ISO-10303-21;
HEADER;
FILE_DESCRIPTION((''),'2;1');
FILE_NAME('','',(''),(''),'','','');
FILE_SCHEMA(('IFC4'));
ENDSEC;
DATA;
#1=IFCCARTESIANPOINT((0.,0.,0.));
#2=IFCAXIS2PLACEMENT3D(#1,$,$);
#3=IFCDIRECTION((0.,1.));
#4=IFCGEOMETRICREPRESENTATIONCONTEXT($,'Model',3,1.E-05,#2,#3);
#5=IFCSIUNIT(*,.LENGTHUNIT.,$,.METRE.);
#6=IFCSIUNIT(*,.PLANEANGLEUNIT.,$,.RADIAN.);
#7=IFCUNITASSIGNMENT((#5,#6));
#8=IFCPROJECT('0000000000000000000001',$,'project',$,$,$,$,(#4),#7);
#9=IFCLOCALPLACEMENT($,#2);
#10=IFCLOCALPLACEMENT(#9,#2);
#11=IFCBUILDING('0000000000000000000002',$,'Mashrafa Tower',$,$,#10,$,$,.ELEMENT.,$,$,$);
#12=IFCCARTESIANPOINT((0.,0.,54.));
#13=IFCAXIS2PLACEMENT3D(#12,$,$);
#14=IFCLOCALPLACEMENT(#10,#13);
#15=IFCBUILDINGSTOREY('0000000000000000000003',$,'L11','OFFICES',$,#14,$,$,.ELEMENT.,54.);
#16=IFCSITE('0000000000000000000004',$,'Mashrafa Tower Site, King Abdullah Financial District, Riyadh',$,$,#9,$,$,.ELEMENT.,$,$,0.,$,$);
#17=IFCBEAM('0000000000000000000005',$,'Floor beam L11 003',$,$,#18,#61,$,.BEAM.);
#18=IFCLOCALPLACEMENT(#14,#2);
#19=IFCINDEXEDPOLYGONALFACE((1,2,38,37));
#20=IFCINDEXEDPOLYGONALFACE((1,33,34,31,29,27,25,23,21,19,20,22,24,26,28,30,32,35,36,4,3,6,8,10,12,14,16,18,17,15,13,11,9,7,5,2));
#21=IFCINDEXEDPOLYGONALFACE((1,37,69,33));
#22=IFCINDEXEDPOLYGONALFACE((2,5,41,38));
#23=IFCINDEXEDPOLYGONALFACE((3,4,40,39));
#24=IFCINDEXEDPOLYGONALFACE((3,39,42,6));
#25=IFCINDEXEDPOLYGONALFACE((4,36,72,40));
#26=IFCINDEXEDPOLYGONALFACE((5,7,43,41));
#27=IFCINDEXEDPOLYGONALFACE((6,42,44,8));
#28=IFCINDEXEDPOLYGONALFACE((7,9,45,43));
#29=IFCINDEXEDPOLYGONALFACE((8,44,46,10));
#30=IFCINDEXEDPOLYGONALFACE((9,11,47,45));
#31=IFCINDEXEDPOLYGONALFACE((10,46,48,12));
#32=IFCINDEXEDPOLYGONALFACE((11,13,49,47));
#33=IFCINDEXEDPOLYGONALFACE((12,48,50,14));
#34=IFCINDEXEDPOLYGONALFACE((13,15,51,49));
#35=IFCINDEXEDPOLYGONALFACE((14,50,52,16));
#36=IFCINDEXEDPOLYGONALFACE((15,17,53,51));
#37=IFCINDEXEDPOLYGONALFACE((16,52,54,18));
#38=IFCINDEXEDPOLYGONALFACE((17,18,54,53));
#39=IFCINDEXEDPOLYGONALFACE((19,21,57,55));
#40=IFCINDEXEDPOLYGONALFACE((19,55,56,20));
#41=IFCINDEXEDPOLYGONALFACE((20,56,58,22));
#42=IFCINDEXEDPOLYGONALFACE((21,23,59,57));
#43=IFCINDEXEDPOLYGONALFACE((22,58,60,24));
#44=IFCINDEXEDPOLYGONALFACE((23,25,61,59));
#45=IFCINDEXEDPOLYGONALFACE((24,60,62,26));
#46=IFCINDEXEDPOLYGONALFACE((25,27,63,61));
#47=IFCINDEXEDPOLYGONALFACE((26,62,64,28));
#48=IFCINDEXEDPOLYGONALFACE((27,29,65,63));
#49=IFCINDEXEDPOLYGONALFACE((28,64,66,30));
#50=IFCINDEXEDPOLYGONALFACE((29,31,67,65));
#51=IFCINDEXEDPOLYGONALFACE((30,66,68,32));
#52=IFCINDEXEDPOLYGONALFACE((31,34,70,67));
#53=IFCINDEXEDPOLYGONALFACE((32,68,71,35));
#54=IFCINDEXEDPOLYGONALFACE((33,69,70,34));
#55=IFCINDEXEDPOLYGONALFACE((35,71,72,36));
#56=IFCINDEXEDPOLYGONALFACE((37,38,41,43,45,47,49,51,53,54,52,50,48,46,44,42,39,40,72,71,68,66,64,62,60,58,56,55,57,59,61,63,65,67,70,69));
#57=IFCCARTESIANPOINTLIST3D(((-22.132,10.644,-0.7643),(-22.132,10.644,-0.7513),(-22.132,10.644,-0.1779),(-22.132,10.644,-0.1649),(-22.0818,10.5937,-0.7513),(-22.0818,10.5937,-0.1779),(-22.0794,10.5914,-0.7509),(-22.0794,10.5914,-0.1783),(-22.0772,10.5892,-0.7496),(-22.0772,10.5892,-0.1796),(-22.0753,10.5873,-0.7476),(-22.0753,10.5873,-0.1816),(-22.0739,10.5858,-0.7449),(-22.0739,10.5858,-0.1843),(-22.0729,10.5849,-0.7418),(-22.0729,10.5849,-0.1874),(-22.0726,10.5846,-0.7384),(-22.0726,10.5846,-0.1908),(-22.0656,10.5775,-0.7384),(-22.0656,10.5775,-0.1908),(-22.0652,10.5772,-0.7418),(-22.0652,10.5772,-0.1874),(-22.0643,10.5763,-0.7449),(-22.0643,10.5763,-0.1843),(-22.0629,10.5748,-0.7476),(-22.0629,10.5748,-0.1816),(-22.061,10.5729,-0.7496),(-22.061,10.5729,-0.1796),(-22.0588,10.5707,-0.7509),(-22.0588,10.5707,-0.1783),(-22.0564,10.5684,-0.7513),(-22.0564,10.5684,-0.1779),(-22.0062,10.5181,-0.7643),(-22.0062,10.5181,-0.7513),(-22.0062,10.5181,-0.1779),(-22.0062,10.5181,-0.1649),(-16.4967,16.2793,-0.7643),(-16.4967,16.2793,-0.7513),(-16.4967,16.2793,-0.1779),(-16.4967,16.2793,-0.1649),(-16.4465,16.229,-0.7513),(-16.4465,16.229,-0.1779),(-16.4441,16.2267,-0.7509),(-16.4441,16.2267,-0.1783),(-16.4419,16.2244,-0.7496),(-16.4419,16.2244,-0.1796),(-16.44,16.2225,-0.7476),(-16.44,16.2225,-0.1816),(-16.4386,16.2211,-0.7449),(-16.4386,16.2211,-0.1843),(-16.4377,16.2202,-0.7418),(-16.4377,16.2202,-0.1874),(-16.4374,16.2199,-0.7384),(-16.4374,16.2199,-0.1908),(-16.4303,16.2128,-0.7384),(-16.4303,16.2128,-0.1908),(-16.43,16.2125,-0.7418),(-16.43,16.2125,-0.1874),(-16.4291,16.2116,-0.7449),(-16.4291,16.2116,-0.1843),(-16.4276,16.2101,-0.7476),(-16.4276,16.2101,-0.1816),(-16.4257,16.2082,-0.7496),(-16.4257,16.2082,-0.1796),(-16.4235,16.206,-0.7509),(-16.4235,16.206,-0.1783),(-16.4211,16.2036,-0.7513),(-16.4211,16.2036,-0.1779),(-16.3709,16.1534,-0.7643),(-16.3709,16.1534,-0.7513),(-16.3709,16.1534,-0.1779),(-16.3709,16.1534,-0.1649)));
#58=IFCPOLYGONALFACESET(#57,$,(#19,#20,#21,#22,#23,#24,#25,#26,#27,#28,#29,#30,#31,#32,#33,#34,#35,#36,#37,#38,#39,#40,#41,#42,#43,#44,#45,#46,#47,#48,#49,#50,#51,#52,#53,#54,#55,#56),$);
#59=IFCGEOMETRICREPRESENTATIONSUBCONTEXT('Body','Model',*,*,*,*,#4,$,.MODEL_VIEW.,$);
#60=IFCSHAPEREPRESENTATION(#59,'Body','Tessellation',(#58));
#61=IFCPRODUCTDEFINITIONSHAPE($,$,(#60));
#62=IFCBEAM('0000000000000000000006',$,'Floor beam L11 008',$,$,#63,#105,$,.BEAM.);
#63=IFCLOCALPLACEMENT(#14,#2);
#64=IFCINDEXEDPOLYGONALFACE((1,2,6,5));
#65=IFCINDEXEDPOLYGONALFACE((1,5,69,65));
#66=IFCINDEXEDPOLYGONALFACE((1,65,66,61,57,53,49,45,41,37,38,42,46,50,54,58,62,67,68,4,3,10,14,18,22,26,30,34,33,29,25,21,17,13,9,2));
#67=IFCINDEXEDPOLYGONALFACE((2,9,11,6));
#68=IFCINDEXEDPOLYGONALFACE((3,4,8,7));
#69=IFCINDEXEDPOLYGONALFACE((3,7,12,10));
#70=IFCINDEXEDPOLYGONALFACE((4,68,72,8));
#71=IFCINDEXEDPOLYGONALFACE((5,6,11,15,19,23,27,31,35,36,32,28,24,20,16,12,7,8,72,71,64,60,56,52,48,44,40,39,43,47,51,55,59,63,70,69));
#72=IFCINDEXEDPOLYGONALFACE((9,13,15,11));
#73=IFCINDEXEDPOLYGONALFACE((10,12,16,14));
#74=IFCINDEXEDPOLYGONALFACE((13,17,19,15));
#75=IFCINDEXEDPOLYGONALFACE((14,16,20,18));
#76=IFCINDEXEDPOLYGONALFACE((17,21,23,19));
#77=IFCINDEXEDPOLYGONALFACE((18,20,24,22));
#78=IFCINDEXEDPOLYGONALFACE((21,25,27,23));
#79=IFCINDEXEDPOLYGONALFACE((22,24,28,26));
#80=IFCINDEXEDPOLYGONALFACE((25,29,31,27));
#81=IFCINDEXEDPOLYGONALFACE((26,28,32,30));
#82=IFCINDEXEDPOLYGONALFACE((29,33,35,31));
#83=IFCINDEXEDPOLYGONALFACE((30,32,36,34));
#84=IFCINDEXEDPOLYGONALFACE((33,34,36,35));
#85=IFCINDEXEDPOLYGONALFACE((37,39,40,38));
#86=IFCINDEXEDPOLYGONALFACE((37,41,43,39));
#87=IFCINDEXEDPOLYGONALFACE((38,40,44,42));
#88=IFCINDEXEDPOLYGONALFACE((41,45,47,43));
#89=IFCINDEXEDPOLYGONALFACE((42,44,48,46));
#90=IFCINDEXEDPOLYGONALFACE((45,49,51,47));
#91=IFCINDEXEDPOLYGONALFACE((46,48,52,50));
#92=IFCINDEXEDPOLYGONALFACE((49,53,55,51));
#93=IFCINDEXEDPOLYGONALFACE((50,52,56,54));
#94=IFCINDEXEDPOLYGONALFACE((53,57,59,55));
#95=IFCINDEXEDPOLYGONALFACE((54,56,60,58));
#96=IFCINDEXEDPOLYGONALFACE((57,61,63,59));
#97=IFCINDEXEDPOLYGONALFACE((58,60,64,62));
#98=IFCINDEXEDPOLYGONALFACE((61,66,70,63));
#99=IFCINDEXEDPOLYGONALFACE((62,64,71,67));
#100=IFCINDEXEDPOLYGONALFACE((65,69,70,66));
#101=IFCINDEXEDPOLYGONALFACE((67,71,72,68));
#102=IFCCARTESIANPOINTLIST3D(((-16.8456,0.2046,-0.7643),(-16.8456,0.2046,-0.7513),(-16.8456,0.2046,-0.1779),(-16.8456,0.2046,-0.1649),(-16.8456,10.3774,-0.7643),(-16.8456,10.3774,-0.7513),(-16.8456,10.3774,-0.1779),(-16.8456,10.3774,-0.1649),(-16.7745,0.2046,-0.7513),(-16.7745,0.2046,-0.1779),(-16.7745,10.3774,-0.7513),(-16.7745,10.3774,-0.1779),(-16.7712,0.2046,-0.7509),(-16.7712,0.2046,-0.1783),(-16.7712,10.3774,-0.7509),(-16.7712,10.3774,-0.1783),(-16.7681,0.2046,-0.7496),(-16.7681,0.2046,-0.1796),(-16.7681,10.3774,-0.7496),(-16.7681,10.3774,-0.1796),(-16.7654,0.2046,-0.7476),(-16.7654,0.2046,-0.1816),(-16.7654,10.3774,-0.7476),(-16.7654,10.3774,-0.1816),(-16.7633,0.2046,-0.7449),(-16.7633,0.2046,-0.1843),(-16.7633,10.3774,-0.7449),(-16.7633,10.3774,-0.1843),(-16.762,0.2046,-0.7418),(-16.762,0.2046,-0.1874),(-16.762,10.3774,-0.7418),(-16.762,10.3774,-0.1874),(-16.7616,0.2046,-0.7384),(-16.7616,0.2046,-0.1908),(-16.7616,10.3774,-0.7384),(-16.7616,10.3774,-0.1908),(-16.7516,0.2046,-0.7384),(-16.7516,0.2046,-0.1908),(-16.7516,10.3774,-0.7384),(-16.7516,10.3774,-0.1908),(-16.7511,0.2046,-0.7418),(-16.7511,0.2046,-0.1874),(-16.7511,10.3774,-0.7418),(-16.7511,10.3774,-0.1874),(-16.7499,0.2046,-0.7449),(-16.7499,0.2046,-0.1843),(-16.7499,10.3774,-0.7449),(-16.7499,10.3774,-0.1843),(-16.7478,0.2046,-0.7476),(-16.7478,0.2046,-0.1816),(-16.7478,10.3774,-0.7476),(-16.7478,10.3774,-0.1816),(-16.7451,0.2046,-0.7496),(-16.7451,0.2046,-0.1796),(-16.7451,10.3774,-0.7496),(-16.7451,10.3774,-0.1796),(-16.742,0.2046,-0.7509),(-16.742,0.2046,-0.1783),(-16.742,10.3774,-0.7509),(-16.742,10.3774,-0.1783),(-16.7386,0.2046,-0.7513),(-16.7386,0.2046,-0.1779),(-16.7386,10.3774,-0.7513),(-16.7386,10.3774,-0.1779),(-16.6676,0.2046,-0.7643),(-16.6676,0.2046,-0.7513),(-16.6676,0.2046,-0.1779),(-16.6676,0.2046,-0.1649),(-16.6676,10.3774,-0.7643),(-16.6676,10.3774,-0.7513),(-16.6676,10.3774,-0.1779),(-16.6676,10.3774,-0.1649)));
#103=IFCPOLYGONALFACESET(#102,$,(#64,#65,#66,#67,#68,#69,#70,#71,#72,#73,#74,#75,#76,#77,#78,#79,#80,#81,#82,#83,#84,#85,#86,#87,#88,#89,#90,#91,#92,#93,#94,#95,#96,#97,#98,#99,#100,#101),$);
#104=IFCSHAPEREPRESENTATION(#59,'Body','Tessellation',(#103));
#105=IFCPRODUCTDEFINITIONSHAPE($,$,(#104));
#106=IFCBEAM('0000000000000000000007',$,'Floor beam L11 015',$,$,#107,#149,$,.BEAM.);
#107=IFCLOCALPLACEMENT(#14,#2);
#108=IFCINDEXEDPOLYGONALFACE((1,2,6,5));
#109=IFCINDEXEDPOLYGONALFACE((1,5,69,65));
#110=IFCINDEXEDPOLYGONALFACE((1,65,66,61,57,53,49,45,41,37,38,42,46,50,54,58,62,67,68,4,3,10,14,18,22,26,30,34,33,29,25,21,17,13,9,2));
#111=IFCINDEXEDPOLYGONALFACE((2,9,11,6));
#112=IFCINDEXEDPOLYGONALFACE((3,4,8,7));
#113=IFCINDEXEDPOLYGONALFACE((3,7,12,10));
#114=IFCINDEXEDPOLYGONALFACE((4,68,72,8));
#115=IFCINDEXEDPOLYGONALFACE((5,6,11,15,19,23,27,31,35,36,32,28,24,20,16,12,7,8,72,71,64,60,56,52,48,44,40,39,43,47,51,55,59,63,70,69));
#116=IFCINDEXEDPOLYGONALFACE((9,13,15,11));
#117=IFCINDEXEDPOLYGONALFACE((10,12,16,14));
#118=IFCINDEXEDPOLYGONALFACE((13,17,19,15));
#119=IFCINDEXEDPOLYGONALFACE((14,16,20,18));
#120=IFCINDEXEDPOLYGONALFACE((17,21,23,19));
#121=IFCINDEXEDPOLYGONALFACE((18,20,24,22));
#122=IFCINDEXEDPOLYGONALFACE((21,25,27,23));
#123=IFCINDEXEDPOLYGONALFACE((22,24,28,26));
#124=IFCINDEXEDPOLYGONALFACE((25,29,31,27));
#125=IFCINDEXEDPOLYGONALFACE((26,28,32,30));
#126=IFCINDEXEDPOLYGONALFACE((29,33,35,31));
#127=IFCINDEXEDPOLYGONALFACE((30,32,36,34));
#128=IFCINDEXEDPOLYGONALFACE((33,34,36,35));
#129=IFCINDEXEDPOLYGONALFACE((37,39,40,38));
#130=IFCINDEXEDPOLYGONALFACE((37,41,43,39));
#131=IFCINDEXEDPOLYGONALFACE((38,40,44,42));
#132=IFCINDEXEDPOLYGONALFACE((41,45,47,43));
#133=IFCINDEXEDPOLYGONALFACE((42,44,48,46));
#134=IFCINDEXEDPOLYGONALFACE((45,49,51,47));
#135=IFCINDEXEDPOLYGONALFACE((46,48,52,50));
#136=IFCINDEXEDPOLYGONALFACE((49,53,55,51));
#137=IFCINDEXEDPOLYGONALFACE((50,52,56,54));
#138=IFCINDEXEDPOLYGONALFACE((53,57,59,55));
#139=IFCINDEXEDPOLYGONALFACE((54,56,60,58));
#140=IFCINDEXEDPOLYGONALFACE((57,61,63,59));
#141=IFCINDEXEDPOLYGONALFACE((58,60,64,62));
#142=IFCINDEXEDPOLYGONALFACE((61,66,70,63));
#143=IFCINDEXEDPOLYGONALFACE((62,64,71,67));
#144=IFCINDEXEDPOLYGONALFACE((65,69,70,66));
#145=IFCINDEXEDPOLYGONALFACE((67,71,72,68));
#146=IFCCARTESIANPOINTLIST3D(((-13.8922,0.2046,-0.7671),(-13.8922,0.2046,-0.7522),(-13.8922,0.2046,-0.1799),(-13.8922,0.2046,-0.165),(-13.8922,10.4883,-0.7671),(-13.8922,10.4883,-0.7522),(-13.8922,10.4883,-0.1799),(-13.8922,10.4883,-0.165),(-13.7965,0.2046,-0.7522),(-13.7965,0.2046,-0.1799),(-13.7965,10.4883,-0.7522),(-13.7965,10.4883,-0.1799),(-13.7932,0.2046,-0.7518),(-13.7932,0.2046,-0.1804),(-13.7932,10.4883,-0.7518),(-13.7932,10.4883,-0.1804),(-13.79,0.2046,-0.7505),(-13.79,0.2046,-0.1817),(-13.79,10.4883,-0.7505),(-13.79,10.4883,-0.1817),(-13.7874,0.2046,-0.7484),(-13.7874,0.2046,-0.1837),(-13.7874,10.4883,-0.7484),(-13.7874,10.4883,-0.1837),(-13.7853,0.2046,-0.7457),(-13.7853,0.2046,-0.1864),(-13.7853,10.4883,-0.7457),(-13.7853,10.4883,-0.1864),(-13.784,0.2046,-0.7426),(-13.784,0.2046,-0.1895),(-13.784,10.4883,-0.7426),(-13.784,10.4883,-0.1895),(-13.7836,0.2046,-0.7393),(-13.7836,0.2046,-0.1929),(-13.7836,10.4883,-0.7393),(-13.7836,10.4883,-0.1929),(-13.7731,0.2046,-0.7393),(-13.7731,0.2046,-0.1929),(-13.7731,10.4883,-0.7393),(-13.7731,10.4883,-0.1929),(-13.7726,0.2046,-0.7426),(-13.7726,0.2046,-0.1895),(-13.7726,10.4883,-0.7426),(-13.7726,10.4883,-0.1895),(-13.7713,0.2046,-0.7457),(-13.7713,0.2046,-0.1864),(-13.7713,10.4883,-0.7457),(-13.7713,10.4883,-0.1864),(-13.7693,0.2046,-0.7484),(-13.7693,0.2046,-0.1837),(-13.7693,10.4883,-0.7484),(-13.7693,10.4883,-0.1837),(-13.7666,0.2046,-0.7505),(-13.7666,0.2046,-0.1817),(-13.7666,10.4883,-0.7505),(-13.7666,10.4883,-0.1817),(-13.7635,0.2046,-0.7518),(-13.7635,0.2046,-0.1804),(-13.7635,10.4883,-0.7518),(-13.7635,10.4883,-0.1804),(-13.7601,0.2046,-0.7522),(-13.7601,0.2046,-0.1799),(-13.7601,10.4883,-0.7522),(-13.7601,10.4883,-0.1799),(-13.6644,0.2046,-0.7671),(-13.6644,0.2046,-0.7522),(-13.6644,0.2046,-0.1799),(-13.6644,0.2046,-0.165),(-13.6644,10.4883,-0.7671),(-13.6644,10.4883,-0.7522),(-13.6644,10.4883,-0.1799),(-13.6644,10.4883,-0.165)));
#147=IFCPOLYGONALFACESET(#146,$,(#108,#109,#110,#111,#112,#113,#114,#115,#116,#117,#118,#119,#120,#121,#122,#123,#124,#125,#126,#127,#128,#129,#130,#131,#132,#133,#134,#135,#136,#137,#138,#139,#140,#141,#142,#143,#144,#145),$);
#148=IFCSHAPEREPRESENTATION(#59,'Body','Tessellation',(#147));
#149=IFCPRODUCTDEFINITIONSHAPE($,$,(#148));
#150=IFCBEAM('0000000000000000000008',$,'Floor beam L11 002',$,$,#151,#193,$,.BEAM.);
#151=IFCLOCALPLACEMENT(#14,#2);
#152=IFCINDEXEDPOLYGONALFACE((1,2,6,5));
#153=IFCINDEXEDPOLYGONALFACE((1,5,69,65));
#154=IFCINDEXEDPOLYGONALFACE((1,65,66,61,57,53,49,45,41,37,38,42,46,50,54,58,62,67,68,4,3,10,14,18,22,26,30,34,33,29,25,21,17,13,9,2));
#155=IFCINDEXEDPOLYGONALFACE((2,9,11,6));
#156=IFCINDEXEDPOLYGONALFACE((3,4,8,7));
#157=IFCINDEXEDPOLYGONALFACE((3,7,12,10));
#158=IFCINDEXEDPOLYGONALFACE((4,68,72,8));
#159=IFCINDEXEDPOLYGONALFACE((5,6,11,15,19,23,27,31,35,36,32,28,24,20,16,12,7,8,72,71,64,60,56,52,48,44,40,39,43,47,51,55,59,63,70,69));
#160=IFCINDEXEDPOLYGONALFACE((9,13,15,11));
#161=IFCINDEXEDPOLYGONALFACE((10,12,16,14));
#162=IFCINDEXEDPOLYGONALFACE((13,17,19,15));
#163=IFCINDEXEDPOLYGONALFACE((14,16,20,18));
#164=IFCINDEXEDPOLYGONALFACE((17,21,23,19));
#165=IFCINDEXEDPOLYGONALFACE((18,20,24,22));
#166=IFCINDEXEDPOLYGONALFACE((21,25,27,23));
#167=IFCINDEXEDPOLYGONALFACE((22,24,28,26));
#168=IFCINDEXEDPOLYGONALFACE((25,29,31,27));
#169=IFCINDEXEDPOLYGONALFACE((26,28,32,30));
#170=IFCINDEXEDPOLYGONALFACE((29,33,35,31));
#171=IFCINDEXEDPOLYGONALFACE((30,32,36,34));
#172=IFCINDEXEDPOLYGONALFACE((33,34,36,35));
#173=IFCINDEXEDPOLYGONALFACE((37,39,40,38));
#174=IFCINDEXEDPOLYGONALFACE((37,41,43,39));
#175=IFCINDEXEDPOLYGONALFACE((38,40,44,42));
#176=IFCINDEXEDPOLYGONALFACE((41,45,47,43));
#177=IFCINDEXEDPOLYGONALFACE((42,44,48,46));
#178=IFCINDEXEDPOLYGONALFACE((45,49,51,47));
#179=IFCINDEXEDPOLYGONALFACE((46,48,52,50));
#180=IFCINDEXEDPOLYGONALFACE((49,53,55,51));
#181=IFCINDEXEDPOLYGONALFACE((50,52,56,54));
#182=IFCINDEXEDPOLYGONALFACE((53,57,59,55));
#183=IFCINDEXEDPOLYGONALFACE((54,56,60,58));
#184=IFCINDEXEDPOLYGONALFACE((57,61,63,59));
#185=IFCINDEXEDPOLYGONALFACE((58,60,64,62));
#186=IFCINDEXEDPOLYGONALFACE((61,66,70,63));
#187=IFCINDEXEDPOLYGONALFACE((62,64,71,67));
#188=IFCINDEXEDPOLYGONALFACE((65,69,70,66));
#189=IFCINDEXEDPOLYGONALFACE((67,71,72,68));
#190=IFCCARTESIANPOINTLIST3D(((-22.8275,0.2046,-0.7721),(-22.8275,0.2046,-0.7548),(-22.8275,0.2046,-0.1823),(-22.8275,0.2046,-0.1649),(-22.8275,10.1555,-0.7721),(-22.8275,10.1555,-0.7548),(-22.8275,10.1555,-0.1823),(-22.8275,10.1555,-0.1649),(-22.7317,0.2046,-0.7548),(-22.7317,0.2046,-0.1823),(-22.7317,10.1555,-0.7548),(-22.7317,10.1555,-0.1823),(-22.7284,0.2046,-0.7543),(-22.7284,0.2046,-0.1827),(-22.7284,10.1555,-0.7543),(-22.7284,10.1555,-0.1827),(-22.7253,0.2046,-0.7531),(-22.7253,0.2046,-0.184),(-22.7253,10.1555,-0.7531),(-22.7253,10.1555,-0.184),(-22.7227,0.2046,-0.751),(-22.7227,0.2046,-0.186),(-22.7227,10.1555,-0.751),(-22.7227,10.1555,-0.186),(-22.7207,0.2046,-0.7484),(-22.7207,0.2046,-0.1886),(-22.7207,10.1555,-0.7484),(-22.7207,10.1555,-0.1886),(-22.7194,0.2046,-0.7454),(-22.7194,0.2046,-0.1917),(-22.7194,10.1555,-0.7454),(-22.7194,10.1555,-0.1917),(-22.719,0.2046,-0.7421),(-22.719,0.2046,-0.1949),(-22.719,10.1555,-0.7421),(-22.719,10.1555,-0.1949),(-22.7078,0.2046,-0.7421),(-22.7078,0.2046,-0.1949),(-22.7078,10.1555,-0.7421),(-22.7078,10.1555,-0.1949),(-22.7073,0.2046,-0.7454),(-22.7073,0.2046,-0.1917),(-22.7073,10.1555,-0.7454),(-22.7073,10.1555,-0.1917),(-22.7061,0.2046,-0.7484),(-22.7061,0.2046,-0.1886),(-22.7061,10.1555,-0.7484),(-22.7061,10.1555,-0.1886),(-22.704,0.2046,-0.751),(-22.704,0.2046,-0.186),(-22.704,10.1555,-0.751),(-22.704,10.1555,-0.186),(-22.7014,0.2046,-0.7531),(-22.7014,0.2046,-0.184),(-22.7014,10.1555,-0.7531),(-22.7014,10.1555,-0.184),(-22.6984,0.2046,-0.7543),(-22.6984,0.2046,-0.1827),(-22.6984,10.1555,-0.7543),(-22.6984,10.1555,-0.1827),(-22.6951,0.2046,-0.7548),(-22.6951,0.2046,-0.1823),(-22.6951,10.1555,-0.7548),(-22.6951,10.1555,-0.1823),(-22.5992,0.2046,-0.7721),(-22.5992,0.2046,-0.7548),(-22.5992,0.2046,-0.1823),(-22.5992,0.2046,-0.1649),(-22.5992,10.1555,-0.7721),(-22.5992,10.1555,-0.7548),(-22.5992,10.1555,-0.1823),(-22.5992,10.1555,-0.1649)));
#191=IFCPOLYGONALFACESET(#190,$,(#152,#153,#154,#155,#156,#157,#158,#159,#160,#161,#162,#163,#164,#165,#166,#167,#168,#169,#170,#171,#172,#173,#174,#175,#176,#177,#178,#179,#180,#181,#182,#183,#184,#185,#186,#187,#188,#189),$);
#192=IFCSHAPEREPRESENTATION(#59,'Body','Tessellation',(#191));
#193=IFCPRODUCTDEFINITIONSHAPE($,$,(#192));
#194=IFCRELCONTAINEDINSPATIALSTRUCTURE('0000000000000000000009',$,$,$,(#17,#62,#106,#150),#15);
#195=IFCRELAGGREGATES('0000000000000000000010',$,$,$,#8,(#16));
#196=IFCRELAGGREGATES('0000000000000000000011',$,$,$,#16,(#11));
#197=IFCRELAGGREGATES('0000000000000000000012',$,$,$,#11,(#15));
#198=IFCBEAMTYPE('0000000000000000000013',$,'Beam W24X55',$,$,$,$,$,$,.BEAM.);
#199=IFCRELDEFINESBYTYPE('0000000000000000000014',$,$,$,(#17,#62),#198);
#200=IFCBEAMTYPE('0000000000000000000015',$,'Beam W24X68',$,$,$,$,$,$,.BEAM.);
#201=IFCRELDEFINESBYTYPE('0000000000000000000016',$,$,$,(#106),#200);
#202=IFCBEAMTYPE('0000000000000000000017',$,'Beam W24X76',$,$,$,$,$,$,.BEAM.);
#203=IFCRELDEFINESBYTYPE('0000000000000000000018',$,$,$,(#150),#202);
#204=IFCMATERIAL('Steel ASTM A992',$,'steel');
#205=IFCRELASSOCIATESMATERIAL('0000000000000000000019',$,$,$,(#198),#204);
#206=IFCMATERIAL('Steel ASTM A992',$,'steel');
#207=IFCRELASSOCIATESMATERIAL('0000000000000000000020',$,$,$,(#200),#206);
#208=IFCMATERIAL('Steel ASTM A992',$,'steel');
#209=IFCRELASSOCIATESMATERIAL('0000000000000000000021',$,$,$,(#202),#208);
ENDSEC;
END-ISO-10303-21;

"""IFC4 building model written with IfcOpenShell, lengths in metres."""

from ifc_helpers import new_model, si_unit, direction, frame, origin, origin_2d, place, context, subcontext, project, spatial, i_section, extrude, material, material_profile, profile_set, type_object, element, save


model = new_model("IFC4")

# Units and contexts
model_context = context("Model", 3, precision=1e-05, world=origin(), true_north=direction((0.0, 1.0)))
body_context = subcontext(model_context, "Body", "Model", "MODEL_VIEW")
ifc_project = project(units=[si_unit("LENGTHUNIT", "METRE"), si_unit("PLANEANGLEUNIT", "RADIAN")], contexts=[model_context])

# Site, building, storey
site_placement = place(None, origin())
site = spatial("IfcSite", under=ifc_project, at=site_placement, Name="Mashrafa Tower Site, King Abdullah Financial District, Riyadh", CompositionType="ELEMENT", RefElevation=0.0)
building_placement = place(site_placement, origin())
building = spatial("IfcBuilding", under=site, at=building_placement, Name="Mashrafa Tower", CompositionType="ELEMENT")
storey_placement = place(building_placement, frame((0.0, 0.0, 54.0)))
storey = spatial("IfcBuildingStorey", under=building, at=storey_placement, Name="L11", Description="OFFICES", CompositionType="ELEMENT", Elevation=54.0)

# Beams
ifc_material_1 = material(Name="Steel ASTM A992", Category="steel")
ifc_material_profile_1 = material_profile(ifc_material_1, i_section(OverallWidth=0.178, OverallDepth=0.5994, WebThickness=0.01, FlangeThickness=0.0129, FilletRadius=0.0129, at=origin_2d()), Name="W24X55")
ifc_profile_set_1 = profile_set([ifc_material_profile_1], Name="Steel ASTM A992")
beam_type_1 = type_object("IfcBeamType", Name="Beam W24X55", PredefinedType="BEAM", material=ifc_profile_set_1)
beam_1_placement = place(storey_placement, frame((-22.0691, 10.5811, -0.4646), z_axis=(0.707107, 0.707107, 0.0), x_axis=(-0.707107, 0.707107, 0.0)))
element("IfcBeam", 1, at=beam_1_placement, inside=storey, type_object=beam_type_1, Name="Floor beam L11 003", PredefinedType="BEAM", context=body_context, shape_type="SweptSolid", body=[
    extrude(i_section(OverallWidth=0.178, OverallDepth=0.5994, WebThickness=0.01, FlangeThickness=0.0129, FilletRadius=0.0129, at=origin_2d()), origin(), (0.0, 0.0, 1.0), 7.9695),
])
beam_2_placement = place(storey_placement, frame((-16.7566, 0.2046, -0.4646), z_axis=(0.0, 1.0, 0.0), x_axis=(-1.0, 0.0, 0.0)))
element("IfcBeam", 2, at=beam_2_placement, inside=storey, type_object=beam_type_1, Name="Floor beam L11 008", PredefinedType="BEAM", context=body_context, shape_type="SweptSolid", body=[
    extrude(i_section(OverallWidth=0.178, OverallDepth=0.5994, WebThickness=0.01, FlangeThickness=0.0129, FilletRadius=0.0129, at=origin_2d()), origin(), (0.0, 0.0, 1.0), 10.1729),
])
ifc_material_2 = material(Name="Steel ASTM A992", Category="steel")
ifc_material_profile_2 = material_profile(ifc_material_2, i_section(OverallWidth=0.2278, OverallDepth=0.6021, WebThickness=0.0105, FlangeThickness=0.0149, FilletRadius=0.0129, at=origin_2d()), Name="W24X68")
ifc_profile_set_2 = profile_set([ifc_material_profile_2], Name="Steel ASTM A992")
beam_type_2 = type_object("IfcBeamType", Name="Beam W24X68", PredefinedType="BEAM", material=ifc_profile_set_2)
beam_3_placement = place(storey_placement, frame((-13.7783, 0.2046, -0.4661), z_axis=(0.0, 1.0, 0.0), x_axis=(-1.0, 0.0, 0.0)))
element("IfcBeam", 3, at=beam_3_placement, inside=storey, type_object=beam_type_2, Name="Floor beam L11 015", PredefinedType="BEAM", context=body_context, shape_type="SweptSolid", body=[
    extrude(i_section(OverallWidth=0.2278, OverallDepth=0.6021, WebThickness=0.0105, FlangeThickness=0.0149, FilletRadius=0.0129, at=origin_2d()), origin(), (0.0, 0.0, 1.0), 10.2837),
])
ifc_material_3 = material(Name="Steel ASTM A992", Category="steel")
ifc_material_profile_3 = material_profile(ifc_material_3, i_section(OverallWidth=0.2283, OverallDepth=0.6072, WebThickness=0.0112, FlangeThickness=0.0173, FilletRadius=0.0127, at=origin_2d()), Name="W24X76")
ifc_profile_set_3 = profile_set([ifc_material_profile_3], Name="Steel ASTM A992")
beam_type_3 = type_object("IfcBeamType", Name="Beam W24X76", PredefinedType="BEAM", material=ifc_profile_set_3)
beam_4_placement = place(storey_placement, frame((-22.7134, 0.2046, -0.4685), z_axis=(0.0, 1.0, 0.0), x_axis=(-1.0, 0.0, 0.0)))
element("IfcBeam", 4, at=beam_4_placement, inside=storey, type_object=beam_type_3, Name="Floor beam L11 002", PredefinedType="BEAM", context=body_context, shape_type="SweptSolid", body=[
    extrude(i_section(OverallWidth=0.2283, OverallDepth=0.6072, WebThickness=0.0112, FlangeThickness=0.0173, FilletRadius=0.0127, at=origin_2d()), origin(), (0.0, 0.0, 1.0), 9.9509),
])

save(model, "model.ifc")
